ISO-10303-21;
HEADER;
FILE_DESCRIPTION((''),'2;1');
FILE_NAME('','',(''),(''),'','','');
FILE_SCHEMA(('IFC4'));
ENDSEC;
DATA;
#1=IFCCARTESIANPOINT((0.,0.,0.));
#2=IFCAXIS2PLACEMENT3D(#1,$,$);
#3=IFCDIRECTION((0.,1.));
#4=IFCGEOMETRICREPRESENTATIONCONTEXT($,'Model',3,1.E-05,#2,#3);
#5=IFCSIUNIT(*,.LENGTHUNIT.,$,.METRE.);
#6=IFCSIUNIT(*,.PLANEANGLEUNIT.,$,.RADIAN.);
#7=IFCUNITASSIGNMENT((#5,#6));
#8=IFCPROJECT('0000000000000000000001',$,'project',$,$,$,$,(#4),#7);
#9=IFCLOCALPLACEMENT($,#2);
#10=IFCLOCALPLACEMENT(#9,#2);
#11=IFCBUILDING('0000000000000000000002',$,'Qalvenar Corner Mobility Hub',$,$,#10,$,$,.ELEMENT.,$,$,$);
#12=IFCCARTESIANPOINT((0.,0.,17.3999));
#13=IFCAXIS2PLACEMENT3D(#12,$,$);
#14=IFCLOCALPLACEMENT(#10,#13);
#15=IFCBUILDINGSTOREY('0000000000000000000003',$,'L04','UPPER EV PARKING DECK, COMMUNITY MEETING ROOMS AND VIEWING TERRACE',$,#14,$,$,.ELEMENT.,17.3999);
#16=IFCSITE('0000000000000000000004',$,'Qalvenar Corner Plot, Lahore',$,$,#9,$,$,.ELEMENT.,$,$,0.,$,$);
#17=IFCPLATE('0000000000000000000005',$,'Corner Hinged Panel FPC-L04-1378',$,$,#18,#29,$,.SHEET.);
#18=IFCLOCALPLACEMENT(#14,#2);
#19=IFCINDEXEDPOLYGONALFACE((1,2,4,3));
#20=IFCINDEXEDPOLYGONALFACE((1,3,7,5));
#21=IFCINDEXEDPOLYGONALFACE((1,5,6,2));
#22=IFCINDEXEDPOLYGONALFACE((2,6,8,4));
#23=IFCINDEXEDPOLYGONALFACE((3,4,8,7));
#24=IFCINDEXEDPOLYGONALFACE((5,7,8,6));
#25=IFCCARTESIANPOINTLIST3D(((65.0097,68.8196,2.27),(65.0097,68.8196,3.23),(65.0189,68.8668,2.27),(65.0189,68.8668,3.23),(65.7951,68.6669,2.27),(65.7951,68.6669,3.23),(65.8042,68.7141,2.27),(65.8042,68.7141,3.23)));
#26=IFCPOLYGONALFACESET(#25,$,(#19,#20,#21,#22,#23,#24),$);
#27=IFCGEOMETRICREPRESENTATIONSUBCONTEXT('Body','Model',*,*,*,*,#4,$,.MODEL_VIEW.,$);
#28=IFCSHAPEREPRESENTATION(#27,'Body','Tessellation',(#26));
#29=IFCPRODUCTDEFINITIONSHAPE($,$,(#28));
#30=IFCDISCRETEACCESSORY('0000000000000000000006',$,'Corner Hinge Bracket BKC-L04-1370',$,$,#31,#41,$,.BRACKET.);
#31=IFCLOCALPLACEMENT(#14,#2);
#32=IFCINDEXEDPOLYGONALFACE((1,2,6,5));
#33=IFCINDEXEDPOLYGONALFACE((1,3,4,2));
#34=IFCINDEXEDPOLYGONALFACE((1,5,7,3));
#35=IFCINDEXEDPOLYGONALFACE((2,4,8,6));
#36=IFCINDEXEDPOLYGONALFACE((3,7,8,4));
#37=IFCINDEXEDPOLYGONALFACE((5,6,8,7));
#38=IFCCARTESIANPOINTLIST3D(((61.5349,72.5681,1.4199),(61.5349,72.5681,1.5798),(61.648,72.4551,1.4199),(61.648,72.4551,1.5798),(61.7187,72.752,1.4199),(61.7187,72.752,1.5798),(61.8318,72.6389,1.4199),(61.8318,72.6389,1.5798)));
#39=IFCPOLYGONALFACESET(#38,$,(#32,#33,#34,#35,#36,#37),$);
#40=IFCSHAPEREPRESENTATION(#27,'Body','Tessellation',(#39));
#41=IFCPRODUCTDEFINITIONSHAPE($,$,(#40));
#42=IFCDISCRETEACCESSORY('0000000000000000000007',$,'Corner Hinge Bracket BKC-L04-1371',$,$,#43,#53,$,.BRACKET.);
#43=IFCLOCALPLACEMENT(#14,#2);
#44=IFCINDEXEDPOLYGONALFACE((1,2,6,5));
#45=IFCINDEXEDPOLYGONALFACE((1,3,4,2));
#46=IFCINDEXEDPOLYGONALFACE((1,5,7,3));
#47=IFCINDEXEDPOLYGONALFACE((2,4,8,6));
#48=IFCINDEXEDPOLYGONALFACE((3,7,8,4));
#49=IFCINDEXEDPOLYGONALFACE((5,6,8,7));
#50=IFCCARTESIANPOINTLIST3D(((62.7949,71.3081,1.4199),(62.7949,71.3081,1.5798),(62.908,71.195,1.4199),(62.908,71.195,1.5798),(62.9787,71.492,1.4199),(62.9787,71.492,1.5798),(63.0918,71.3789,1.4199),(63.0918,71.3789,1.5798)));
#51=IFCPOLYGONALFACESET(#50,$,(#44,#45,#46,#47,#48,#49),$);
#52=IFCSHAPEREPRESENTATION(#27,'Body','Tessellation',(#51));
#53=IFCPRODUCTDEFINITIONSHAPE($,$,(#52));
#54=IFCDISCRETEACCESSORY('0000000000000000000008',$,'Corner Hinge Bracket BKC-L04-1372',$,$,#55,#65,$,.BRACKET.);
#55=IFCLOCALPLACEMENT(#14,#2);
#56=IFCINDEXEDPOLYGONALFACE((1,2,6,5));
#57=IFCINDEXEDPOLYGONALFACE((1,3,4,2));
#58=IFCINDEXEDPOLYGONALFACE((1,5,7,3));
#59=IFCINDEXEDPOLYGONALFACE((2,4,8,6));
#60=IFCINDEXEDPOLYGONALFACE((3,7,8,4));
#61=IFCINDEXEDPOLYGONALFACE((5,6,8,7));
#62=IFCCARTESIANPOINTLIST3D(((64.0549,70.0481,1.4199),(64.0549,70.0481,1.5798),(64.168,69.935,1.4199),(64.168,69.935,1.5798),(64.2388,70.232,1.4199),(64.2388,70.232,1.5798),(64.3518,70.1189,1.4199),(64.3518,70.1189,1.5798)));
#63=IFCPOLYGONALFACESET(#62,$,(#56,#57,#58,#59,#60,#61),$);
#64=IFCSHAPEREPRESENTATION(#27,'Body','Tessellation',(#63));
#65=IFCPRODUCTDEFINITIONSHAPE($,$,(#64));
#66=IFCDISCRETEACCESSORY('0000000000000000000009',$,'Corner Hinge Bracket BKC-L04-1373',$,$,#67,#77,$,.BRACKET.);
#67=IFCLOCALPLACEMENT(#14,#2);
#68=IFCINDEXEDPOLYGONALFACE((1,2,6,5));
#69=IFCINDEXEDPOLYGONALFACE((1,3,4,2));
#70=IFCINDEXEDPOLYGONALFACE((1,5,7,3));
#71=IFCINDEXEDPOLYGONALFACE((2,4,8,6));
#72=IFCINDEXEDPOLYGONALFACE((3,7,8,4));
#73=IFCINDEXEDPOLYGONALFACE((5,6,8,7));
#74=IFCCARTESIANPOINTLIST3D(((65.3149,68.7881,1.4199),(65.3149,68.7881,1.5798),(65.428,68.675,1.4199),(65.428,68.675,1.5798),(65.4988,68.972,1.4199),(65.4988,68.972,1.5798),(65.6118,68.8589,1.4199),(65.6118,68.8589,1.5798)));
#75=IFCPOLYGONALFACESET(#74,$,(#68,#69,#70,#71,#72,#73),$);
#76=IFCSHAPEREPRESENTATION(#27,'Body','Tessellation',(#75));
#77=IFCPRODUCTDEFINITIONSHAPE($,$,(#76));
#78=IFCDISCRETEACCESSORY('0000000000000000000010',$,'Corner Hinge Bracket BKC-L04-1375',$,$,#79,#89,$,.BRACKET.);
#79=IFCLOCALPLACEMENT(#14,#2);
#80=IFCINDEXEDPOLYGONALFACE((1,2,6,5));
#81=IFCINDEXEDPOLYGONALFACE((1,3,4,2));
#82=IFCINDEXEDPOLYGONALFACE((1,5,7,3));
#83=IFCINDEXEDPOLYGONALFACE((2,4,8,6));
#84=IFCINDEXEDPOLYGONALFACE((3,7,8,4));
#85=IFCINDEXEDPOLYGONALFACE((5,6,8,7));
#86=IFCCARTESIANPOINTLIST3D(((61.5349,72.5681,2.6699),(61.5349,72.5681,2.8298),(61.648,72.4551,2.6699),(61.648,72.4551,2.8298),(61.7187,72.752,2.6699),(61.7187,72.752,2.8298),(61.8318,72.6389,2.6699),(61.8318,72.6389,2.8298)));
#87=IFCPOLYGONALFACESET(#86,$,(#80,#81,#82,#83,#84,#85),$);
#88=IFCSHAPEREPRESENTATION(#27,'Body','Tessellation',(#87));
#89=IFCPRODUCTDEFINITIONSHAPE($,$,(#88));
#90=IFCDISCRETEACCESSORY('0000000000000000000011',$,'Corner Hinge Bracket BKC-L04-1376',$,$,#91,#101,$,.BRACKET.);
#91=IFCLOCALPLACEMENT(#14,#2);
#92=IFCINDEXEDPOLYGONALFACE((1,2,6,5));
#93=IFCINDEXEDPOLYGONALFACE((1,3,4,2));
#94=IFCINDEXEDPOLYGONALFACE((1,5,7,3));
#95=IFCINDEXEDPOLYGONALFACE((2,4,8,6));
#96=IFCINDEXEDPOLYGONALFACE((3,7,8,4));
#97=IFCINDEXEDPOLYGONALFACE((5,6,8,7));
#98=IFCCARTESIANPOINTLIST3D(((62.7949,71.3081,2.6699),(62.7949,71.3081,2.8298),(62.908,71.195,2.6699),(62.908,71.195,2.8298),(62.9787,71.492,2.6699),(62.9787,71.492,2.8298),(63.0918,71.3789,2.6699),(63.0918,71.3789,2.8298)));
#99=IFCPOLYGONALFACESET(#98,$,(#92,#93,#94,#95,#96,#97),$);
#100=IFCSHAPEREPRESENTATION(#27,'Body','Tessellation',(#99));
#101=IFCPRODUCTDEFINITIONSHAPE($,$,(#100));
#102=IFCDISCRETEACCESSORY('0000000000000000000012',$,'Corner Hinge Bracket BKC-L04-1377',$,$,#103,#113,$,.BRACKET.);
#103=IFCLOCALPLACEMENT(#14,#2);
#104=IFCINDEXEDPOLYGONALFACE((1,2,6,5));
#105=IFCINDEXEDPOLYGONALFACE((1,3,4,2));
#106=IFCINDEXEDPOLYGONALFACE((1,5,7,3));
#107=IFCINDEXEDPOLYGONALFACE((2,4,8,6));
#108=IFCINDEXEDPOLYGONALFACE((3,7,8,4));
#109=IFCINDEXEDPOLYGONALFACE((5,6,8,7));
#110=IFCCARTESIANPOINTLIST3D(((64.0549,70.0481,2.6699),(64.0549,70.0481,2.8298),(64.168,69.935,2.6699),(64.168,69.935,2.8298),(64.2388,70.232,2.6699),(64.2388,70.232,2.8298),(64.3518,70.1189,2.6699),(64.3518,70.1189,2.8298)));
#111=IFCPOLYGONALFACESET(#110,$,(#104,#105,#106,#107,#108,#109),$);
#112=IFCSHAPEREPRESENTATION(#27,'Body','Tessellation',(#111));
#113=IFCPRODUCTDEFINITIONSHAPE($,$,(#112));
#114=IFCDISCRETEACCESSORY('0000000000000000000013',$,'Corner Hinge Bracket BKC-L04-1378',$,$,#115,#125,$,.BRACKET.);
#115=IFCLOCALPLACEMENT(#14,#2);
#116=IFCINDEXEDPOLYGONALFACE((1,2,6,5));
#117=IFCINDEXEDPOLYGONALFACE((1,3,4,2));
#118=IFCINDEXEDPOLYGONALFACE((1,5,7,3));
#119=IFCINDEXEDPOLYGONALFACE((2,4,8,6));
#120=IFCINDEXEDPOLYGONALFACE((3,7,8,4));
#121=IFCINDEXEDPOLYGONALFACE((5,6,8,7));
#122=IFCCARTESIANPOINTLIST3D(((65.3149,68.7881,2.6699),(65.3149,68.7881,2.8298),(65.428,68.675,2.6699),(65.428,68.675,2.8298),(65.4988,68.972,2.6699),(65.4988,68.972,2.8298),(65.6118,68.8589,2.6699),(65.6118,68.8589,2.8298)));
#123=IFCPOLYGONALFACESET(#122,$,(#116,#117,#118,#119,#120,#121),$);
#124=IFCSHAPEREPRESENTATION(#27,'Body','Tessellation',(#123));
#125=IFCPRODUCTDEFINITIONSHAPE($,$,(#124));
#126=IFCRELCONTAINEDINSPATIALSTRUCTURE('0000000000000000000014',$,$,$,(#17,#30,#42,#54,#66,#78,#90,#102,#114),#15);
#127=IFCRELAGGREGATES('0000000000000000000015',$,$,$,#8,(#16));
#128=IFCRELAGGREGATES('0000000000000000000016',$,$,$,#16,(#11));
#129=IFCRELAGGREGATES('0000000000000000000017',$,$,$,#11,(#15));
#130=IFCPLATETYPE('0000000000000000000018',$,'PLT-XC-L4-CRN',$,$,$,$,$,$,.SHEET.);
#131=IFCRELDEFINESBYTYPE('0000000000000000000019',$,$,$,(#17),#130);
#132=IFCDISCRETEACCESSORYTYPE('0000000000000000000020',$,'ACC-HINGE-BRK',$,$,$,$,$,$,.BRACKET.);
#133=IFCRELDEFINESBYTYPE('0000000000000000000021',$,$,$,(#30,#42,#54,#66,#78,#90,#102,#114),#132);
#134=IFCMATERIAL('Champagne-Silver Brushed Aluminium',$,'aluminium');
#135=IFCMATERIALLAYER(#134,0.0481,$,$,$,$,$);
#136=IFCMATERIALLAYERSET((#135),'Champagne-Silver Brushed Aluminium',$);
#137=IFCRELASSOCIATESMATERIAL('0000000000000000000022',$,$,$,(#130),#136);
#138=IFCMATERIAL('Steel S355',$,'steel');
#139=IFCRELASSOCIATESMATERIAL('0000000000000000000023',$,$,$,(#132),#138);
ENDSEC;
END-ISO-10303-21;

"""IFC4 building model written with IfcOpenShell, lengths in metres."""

from ifc_helpers import new_model, si_unit, direction, frame, origin, origin_2d, place, context, subcontext, project, spatial, rectangle, extrude, material, layer, layer_set, type_object, element, save


model = new_model("IFC4")

# Units and contexts
model_context = context("Model", 3, precision=1e-05, world=origin(), true_north=direction((0.0, 1.0)))
body_context = subcontext(model_context, "Body", "Model", "MODEL_VIEW")
ifc_project = project(units=[si_unit("LENGTHUNIT", "METRE"), si_unit("PLANEANGLEUNIT", "RADIAN")], contexts=[model_context])

# Site, building, storey
site_placement = place(None, origin())
site = spatial("IfcSite", under=ifc_project, at=site_placement, Name="Qalvenar Corner Plot, Lahore", CompositionType="ELEMENT", RefElevation=0.0)
building_placement = place(site_placement, origin())
building = spatial("IfcBuilding", under=site, at=building_placement, Name="Qalvenar Corner Mobility Hub", CompositionType="ELEMENT")
storey_placement = place(building_placement, frame((0.0, 0.0, 17.3999)))
storey = spatial("IfcBuildingStorey", under=building, at=storey_placement, Name="L04", Description="UPPER EV PARKING DECK, COMMUNITY MEETING ROOMS AND VIEWING TERRACE", CompositionType="ELEMENT", Elevation=17.3999)

# Shared definitions
ifc_material_1 = material(Name="Steel S355", Category="steel")

# Plate
ifc_material_2 = material(Name="Champagne-Silver Brushed Aluminium", Category="aluminium")
ifc_layer = layer(ifc_material_2, 0.0481)
ifc_layer_set = layer_set([ifc_layer], Name="Champagne-Silver Brushed Aluminium")
plate_type = type_object("IfcPlateType", Name="PLT-XC-L4-CRN", PredefinedType="SHEET", material=ifc_layer_set)
for number, where, z_axis, x_axis, name in (
    (1, (65.407, 68.7668, 2.27), (0.0, 0.0, 1.0), (0.981627, -0.190809, 0.0), "Corner Hinged Panel FPC-L04-1378"),
):
    element("IfcPlate", number, at=place(storey_placement, frame(where, z_axis=z_axis, x_axis=x_axis)), inside=storey, type_object=plate_type, Name=name, PredefinedType="SHEET", context=body_context, shape_type="SweptSolid", body=[
        extrude(rectangle(XDim=0.8, YDim=0.0481, at=origin_2d()), origin(), (0.0, 0.0, 1.0), 0.96),
    ])

# Discrete accessories
discrete_accessory_type = type_object("IfcDiscreteAccessoryType", Name="ACC-HINGE-BRK", PredefinedType="BRACKET", material=ifc_material_1)
for number, where, z_axis, x_axis, name in (
    (2, (61.6833, 72.6035, 1.4199), (0.0, 0.0, 1.0), (0.707107, -0.707107, 0.0), "Corner Hinge Bracket BKC-L04-1370"),
    (3, (62.9434, 71.3435, 1.4199), (0.0, 0.0, 1.0), (0.707107, -0.707107, 0.0), "Corner Hinge Bracket BKC-L04-1371"),
    (4, (64.2034, 70.0835, 1.4199), (0.0, 0.0, 1.0), (0.707107, -0.707107, 0.0), "Corner Hinge Bracket BKC-L04-1372"),
    (5, (65.4634, 68.8235, 1.4199), (0.0, 0.0, 1.0), (0.707107, -0.707107, 0.0), "Corner Hinge Bracket BKC-L04-1373"),
    (6, (61.6833, 72.6035, 2.6699), (0.0, 0.0, 1.0), (0.707107, -0.707107, 0.0), "Corner Hinge Bracket BKC-L04-1375"),
    (7, (62.9434, 71.3435, 2.6699), (0.0, 0.0, 1.0), (0.707107, -0.707107, 0.0), "Corner Hinge Bracket BKC-L04-1376"),
    (8, (64.2034, 70.0835, 2.6699), (0.0, 0.0, 1.0), (0.707107, -0.707107, 0.0), "Corner Hinge Bracket BKC-L04-1377"),
    (9, (65.4634, 68.8235, 2.6699), (0.0, 0.0, 1.0), (0.707107, -0.707107, 0.0), "Corner Hinge Bracket BKC-L04-1378"),
):
    element("IfcDiscreteAccessory", number, at=place(storey_placement, frame(where, z_axis=z_axis, x_axis=x_axis)), inside=storey, type_object=discrete_accessory_type, Name=name, PredefinedType="BRACKET", context=body_context, shape_type="SweptSolid", body=[
        extrude(rectangle(XDim=0.1599, YDim=0.26, at=origin_2d()), origin(), (0.0, 0.0, 1.0), 0.1599),
    ])

save(model, "model.ifc")
